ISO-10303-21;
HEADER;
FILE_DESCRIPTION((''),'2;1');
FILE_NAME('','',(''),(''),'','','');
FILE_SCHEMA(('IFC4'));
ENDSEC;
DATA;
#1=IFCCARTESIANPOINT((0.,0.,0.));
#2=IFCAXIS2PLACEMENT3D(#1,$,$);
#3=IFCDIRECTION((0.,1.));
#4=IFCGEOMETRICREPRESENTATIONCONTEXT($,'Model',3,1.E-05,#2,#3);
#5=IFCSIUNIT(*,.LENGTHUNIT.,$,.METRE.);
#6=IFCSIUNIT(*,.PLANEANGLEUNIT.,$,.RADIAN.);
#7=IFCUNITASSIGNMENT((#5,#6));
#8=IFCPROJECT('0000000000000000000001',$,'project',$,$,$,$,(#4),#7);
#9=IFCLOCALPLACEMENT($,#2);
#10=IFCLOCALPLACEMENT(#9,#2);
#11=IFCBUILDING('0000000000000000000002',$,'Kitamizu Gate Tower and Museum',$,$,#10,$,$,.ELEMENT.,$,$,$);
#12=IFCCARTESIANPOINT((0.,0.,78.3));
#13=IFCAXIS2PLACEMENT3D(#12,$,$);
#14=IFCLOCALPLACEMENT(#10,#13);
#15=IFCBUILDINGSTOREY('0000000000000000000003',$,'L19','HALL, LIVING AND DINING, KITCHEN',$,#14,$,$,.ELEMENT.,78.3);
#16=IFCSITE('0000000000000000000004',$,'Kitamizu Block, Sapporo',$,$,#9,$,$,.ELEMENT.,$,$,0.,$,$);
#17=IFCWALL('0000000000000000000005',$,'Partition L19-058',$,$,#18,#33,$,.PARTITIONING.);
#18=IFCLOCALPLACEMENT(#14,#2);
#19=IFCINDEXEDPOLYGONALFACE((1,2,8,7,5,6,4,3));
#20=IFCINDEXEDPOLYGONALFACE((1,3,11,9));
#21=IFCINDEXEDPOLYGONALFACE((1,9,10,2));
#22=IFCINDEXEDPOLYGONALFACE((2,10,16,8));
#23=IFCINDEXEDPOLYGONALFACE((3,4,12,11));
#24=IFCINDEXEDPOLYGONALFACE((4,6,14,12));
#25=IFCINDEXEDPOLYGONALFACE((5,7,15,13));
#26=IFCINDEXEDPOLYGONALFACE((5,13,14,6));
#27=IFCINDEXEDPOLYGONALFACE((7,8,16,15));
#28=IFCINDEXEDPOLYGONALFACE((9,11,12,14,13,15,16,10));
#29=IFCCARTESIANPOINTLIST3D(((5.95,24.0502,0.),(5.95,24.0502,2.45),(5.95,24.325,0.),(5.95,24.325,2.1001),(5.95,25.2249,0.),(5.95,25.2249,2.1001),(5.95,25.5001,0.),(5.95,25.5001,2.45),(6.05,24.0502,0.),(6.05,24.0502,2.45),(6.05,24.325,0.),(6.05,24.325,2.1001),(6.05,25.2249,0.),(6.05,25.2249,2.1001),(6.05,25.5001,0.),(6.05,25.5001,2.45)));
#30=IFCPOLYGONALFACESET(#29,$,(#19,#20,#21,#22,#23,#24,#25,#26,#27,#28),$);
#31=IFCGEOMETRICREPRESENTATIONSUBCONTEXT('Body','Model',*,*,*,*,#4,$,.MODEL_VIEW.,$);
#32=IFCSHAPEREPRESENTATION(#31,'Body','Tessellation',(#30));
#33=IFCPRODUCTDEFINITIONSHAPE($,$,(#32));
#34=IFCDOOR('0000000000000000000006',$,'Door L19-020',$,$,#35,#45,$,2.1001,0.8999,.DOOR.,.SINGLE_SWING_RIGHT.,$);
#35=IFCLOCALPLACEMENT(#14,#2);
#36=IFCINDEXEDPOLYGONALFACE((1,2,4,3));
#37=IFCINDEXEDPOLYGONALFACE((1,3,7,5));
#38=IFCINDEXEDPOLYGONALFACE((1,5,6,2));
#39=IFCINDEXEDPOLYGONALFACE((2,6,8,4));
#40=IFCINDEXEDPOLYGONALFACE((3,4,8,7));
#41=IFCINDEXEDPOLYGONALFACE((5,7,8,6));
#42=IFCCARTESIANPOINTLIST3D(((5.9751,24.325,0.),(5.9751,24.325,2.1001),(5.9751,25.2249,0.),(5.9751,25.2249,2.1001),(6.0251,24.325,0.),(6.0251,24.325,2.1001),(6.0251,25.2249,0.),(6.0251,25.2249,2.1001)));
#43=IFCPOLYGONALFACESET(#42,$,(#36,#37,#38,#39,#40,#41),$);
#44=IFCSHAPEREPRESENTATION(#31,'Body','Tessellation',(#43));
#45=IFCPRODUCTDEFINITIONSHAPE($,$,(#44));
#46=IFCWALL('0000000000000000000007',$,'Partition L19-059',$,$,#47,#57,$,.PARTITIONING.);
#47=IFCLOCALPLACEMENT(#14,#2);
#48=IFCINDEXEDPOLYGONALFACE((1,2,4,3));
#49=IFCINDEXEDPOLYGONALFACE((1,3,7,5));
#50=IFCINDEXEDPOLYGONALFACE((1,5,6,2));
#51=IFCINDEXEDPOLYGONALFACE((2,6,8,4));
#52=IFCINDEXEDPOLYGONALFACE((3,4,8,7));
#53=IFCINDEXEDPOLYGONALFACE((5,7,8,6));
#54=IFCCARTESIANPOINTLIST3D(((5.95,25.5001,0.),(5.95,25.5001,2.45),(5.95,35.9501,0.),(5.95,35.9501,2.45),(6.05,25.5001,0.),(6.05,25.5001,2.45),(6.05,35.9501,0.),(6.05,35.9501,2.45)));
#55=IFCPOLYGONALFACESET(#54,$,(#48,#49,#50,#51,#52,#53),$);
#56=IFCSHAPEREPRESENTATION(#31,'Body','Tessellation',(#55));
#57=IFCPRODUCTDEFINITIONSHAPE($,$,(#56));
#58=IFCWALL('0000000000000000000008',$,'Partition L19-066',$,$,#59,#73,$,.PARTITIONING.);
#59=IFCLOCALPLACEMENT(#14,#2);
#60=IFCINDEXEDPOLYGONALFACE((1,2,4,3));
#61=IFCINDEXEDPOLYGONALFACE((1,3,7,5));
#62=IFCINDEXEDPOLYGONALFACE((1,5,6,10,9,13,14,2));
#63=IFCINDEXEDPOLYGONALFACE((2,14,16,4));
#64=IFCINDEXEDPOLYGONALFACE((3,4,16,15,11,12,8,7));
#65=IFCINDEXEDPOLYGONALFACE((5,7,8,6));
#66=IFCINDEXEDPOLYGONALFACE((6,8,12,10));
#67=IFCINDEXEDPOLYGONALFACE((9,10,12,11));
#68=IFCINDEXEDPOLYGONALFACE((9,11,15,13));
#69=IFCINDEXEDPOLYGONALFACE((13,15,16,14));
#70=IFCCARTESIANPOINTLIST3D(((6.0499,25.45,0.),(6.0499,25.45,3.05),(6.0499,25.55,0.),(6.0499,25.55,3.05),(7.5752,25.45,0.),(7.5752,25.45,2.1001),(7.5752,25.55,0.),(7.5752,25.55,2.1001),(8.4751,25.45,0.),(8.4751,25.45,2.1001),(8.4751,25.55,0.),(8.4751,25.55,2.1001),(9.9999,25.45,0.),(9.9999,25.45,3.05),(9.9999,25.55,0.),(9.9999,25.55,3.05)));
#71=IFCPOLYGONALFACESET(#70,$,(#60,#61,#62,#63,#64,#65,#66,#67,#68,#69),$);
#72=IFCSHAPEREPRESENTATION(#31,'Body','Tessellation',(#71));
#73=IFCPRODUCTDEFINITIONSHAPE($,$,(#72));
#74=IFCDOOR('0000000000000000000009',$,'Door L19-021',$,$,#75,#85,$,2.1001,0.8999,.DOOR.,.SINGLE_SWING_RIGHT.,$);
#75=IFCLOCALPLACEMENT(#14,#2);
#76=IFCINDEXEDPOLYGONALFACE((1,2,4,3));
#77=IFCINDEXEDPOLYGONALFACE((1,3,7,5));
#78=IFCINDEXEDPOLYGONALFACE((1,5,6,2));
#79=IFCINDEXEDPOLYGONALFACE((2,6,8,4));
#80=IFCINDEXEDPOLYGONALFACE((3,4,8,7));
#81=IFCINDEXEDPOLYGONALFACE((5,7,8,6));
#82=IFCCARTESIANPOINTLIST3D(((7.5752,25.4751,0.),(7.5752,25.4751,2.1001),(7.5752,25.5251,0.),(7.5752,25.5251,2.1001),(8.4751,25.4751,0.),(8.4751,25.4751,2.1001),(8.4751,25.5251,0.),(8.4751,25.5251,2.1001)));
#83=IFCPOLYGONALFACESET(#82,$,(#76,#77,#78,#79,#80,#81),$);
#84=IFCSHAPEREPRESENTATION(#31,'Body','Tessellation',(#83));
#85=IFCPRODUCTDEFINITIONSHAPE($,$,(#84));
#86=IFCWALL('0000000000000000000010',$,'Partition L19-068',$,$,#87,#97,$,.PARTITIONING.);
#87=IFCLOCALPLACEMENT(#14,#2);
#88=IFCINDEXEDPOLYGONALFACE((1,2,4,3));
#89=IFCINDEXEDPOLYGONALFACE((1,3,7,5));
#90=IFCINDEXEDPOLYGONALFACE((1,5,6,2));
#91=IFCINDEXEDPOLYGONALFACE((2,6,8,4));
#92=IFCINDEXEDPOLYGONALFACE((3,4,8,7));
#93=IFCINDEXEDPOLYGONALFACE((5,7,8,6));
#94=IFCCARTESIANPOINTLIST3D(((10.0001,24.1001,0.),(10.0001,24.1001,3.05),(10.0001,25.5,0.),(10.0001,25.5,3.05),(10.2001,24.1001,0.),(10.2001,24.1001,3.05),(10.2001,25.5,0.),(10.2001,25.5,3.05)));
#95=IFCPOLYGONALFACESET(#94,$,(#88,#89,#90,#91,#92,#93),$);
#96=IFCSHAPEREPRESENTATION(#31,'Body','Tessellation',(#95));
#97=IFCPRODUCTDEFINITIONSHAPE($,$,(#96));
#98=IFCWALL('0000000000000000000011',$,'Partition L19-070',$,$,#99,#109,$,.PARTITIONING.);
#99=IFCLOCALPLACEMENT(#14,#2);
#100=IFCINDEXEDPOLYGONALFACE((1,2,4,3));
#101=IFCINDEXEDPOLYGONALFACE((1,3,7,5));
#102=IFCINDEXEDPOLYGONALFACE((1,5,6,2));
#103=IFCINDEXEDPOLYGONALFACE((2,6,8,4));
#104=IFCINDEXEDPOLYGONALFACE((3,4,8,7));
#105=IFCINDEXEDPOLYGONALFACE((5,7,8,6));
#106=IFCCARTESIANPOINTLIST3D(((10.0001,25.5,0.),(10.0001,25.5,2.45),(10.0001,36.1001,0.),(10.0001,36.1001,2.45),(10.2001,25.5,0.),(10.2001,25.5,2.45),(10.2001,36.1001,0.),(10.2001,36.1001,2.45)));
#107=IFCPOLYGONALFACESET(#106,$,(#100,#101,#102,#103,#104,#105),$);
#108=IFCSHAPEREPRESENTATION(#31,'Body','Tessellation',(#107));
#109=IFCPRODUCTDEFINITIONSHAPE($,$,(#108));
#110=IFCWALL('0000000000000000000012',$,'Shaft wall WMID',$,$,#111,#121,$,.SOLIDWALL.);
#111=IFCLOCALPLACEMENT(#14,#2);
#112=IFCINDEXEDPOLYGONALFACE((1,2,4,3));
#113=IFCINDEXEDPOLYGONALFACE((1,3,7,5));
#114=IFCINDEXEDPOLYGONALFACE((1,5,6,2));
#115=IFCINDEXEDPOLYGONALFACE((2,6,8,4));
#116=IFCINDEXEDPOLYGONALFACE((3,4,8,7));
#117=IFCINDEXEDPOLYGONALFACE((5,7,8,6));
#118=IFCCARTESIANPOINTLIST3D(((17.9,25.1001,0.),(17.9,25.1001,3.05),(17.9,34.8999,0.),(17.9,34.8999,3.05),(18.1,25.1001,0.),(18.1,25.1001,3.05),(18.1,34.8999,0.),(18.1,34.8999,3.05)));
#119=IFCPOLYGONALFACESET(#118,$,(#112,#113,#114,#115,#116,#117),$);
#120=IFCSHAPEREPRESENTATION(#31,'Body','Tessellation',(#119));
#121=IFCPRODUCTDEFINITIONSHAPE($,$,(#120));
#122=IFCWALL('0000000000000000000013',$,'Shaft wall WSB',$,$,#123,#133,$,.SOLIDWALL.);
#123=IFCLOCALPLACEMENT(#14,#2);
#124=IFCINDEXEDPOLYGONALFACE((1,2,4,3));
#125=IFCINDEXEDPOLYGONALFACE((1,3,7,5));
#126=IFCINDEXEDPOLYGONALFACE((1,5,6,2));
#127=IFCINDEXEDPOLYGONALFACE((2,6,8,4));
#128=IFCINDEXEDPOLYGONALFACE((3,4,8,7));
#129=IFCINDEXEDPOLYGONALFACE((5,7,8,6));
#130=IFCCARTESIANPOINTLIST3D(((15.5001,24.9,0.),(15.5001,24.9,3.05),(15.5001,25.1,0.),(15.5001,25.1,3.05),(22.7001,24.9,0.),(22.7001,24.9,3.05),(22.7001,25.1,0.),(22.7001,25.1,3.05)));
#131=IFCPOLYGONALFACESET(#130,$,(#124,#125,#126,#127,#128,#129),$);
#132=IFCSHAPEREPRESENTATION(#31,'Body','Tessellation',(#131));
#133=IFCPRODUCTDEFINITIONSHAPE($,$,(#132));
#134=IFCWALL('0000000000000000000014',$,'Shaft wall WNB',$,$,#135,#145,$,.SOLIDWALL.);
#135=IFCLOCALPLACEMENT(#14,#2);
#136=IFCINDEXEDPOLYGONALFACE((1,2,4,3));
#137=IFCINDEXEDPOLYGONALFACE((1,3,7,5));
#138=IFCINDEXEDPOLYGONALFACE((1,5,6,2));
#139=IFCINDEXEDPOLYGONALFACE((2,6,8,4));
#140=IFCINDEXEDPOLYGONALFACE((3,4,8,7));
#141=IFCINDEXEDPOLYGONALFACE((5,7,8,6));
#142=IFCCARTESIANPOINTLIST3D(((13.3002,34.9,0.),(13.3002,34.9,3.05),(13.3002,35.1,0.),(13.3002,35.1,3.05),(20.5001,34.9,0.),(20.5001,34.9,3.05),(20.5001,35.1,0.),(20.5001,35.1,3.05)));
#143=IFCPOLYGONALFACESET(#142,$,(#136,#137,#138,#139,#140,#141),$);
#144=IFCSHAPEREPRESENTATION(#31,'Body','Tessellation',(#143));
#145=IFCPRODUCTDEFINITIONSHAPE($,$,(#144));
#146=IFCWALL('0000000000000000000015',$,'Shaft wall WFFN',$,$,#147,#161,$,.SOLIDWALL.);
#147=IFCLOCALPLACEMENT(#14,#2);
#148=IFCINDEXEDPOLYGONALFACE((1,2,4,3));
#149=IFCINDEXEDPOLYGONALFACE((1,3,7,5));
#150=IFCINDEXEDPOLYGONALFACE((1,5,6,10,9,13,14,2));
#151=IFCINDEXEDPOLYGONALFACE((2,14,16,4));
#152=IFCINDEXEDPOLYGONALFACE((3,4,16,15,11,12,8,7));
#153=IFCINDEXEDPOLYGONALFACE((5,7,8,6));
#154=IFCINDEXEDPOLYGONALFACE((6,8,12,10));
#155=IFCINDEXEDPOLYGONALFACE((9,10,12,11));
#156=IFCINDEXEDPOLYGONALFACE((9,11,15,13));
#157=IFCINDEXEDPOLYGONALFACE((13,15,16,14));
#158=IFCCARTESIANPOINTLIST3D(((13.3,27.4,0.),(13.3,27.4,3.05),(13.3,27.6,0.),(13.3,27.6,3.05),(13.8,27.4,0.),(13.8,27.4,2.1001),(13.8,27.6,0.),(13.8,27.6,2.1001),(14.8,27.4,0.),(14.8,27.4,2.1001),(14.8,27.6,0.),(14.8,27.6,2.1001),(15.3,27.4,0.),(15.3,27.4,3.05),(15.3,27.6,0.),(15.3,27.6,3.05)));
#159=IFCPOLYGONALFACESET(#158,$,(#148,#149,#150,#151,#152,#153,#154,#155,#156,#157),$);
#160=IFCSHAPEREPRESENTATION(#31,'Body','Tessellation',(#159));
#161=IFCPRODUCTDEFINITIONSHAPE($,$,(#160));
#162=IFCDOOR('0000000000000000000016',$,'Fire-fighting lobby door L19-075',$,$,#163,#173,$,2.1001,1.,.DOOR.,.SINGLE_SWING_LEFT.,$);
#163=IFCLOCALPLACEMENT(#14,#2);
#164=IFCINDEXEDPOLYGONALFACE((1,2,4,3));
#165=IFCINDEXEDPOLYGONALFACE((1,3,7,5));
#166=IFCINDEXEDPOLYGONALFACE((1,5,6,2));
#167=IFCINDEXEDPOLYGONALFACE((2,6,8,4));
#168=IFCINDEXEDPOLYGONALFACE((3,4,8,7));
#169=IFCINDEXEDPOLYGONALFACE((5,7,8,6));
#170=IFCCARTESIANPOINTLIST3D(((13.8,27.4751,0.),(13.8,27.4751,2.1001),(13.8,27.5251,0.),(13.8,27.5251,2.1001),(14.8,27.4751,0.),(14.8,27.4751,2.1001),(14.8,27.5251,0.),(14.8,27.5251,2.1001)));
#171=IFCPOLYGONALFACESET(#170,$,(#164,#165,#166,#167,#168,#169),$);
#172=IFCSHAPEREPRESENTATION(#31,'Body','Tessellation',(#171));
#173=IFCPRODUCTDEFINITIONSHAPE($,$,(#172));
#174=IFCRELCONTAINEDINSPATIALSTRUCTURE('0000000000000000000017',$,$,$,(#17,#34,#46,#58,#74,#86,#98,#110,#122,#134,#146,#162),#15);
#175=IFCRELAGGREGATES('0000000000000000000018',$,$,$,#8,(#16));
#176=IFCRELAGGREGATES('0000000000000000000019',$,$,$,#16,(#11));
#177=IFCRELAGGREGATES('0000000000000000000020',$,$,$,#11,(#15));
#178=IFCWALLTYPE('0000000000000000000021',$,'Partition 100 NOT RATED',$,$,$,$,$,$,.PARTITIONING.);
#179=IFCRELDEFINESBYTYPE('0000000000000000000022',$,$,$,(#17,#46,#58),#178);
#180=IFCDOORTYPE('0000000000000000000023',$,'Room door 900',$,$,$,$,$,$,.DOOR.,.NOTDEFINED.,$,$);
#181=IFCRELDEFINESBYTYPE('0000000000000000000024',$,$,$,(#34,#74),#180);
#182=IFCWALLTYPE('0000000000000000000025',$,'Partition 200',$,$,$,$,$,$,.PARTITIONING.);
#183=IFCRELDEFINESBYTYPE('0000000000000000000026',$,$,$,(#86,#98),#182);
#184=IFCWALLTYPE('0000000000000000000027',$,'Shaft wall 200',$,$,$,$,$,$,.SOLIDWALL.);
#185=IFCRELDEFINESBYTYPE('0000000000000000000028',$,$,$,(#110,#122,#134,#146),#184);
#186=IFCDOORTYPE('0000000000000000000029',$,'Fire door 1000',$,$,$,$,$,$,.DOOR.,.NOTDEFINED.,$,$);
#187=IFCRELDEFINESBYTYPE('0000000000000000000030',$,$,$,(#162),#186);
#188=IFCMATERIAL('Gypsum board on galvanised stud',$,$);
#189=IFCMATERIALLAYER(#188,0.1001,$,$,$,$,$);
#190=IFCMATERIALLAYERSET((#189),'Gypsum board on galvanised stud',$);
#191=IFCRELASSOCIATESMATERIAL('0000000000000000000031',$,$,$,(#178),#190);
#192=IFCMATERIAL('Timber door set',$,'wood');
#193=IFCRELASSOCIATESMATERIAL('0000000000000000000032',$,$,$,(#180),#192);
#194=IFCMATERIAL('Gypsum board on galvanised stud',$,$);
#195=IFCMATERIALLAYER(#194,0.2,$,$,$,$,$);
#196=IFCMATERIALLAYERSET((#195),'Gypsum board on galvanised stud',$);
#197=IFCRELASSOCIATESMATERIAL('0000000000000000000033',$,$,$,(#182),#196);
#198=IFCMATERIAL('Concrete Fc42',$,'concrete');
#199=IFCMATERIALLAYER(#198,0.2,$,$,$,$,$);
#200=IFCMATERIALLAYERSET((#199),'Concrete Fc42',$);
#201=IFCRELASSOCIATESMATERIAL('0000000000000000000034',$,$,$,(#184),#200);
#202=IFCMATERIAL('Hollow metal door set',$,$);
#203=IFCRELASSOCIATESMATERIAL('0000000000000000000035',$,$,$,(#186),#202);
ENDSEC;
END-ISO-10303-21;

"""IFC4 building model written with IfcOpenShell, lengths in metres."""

from ifc_helpers import new_model, si_unit, direction, frame, frame_2d, origin, place, context, subcontext, project, spatial, rectangle, extrude, material, layer, layer_set, type_object, element, fill, save


model = new_model("IFC4")

# Units and contexts
model_context = context("Model", 3, precision=1e-05, world=origin(), true_north=direction((0.0, 1.0)))
body_context = subcontext(model_context, "Body", "Model", "MODEL_VIEW")
ifc_project = project(units=[si_unit("LENGTHUNIT", "METRE"), si_unit("PLANEANGLEUNIT", "RADIAN")], contexts=[model_context])

# Site, building, storey
site_placement = place(None, origin())
site = spatial("IfcSite", under=ifc_project, at=site_placement, Name="Kitamizu Block, Sapporo", CompositionType="ELEMENT", RefElevation=0.0)
building_placement = place(site_placement, origin())
building = spatial("IfcBuilding", under=site, at=building_placement, Name="Kitamizu Gate Tower and Museum", CompositionType="ELEMENT")
storey_placement = place(building_placement, frame((0.0, 0.0, 78.3)))
storey = spatial("IfcBuildingStorey", under=building, at=storey_placement, Name="L19", Description="HALL, LIVING AND DINING, KITCHEN", CompositionType="ELEMENT", Elevation=78.3)

# Shared definitions
ifc_material_1 = material(Name="Gypsum board on galvanised stud")
ifc_layer_1 = layer(ifc_material_1, 0.1001)
ifc_layer_set_1 = layer_set([ifc_layer_1], Name="Gypsum board on galvanised stud")
wall_type_1 = type_object("IfcWallType", Name="Partition 100 NOT RATED", PredefinedType="PARTITIONING", material=ifc_layer_set_1)

# Wall, opening, door
wall_1_placement = place(storey_placement, frame((6.0, 24.05, 0.0), z_axis=(0.0, 0.0, 1.0), x_axis=(0.0, 1.0, 0.0)))
wall_1 = element("IfcWall", 1, at=wall_1_placement, inside=storey, type_object=wall_type_1, Name="Partition L19-058", PredefinedType="PARTITIONING", context=body_context, shape_type="SweptSolid", body=[
    extrude(rectangle(XDim=1.45, YDim=0.1001, at=frame_2d((0.7251, 0.0))), origin(), (0.0, 0.0, 1.0), 2.45),
])
opening_1_placement = place(wall_1_placement, frame((0.2749, 0.0, 0.0)))
opening_1 = element("IfcOpeningElement", 2, at=opening_1_placement, cuts=wall_1, PredefinedType="OPENING", context=body_context, shape_type="SweptSolid", body=[
    extrude(rectangle(XDim=0.8999, YDim=2.1001, at=frame_2d((0.45, 1.05))), frame((0.0, 0.0601, 0.0), z_axis=(0.0, -1.0, 0.0), x_axis=(1.0, 0.0, 0.0)), (0.0, 0.0, 1.0), 0.1201),
])
ifc_material_2 = material(Name="Timber door set", Category="wood")
door_type_1 = type_object("IfcDoorType", Name="Room door 900", OperationType="NOTDEFINED", PredefinedType="DOOR", material=ifc_material_2)
door_1_placement = place(opening_1_placement, origin())
door_1 = element("IfcDoor", 3, at=door_1_placement, inside=storey, type_object=door_type_1, Name="Door L19-020", OperationType="SINGLE_SWING_RIGHT", OverallHeight=2.1001, OverallWidth=0.8999, PredefinedType="DOOR", context=body_context, shape_type="SweptSolid", body=[
    extrude(rectangle(XDim=0.8999, YDim=2.1001, at=frame_2d((0.45, 1.05))), frame((0.0, 0.0249, 0.0), z_axis=(0.0, -1.0, 0.0), x_axis=(1.0, 0.0, 0.0)), (0.0, 0.0, 1.0), 0.05),
])
fill(opening_1, door_1)

# Wall
wall_2_placement = place(storey_placement, frame((6.0, 25.5, 0.0), z_axis=(0.0, 0.0, 1.0), x_axis=(0.0, 1.0, 0.0)))
element("IfcWall", 4, at=wall_2_placement, inside=storey, type_object=wall_type_1, Name="Partition L19-059", PredefinedType="PARTITIONING", context=body_context, shape_type="SweptSolid", body=[
    extrude(rectangle(XDim=10.45, YDim=0.1001, at=frame_2d((5.2251, 0.0))), origin(), (0.0, 0.0, 1.0), 2.45),
])

# Wall, opening, door
wall_3_placement = place(storey_placement, frame((10.0, 25.5, 0.0), z_axis=(0.0, 0.0, 1.0), x_axis=(-1.0, 0.0, 0.0)))
wall_3 = element("IfcWall", 5, at=wall_3_placement, inside=storey, type_object=wall_type_1, Name="Partition L19-066", PredefinedType="PARTITIONING", context=body_context, shape_type="SweptSolid", body=[
    extrude(rectangle(XDim=3.95, YDim=0.1001, at=frame_2d((1.9751, 0.0))), origin(), (0.0, 0.0, 1.0), 3.05),
])
opening_2_placement = place(wall_3_placement, frame((1.5249, 0.0, 0.0)))
opening_2 = element("IfcOpeningElement", 6, at=opening_2_placement, cuts=wall_3, PredefinedType="OPENING", context=body_context, shape_type="SweptSolid", body=[
    extrude(rectangle(XDim=0.8999, YDim=2.1001, at=frame_2d((0.45, 1.05))), frame((0.0, 0.0601, 0.0), z_axis=(0.0, -1.0, 0.0), x_axis=(1.0, 0.0, 0.0)), (0.0, 0.0, 1.0), 0.1201),
])
door_2_placement = place(opening_2_placement, origin())
door_2 = element("IfcDoor", 7, at=door_2_placement, inside=storey, type_object=door_type_1, Name="Door L19-021", OperationType="SINGLE_SWING_RIGHT", OverallHeight=2.1001, OverallWidth=0.8999, PredefinedType="DOOR", context=body_context, shape_type="SweptSolid", body=[
    extrude(rectangle(XDim=0.8999, YDim=2.1001, at=frame_2d((0.45, 1.05))), frame((0.0, 0.0249, 0.0), z_axis=(0.0, -1.0, 0.0), x_axis=(1.0, 0.0, 0.0)), (0.0, 0.0, 1.0), 0.05),
])
fill(opening_2, door_2)

# Walls
ifc_material_3 = material(Name="Gypsum board on galvanised stud")
ifc_layer_2 = layer(ifc_material_3, 0.2)
ifc_layer_set_2 = layer_set([ifc_layer_2], Name="Gypsum board on galvanised stud")
wall_type_2 = type_object("IfcWallType", Name="Partition 200", PredefinedType="PARTITIONING", material=ifc_layer_set_2)
wall_4_placement = place(storey_placement, frame((10.1001, 24.1001, 0.0), z_axis=(0.0, 0.0, 1.0), x_axis=(0.0, 1.0, 0.0)))
element("IfcWall", 8, at=wall_4_placement, inside=storey, type_object=wall_type_2, Name="Partition L19-068", PredefinedType="PARTITIONING", context=body_context, shape_type="SweptSolid", body=[
    extrude(rectangle(XDim=1.3999, YDim=0.2, at=frame_2d((0.7, 0.0))), origin(), (0.0, 0.0, 1.0), 3.05),
])
wall_5_placement = place(storey_placement, frame((10.1001, 25.5, 0.0), z_axis=(0.0, 0.0, 1.0), x_axis=(0.0, 1.0, 0.0)))
element("IfcWall", 9, at=wall_5_placement, inside=storey, type_object=wall_type_2, Name="Partition L19-070", PredefinedType="PARTITIONING", context=body_context, shape_type="SweptSolid", body=[
    extrude(rectangle(XDim=10.6001, YDim=0.2, at=frame_2d((5.3, 0.0))), origin(), (0.0, 0.0, 1.0), 2.45),
])
ifc_material_4 = material(Name="Concrete Fc42", Category="concrete")
ifc_layer_3 = layer(ifc_material_4, 0.2)
ifc_layer_set_3 = layer_set([ifc_layer_3], Name="Concrete Fc42")
wall_type_3 = type_object("IfcWallType", Name="Shaft wall 200", PredefinedType="SOLIDWALL", material=ifc_layer_set_3)
wall_6_placement = place(storey_placement, frame((18.0, 25.1001, 0.0), z_axis=(0.0, 0.0, 1.0), x_axis=(0.0, 1.0, 0.0)))
element("IfcWall", 10, at=wall_6_placement, inside=storey, type_object=wall_type_3, Name="Shaft wall WMID", PredefinedType="SOLIDWALL", context=body_context, shape_type="SweptSolid", body=[
    extrude(rectangle(XDim=9.7998, YDim=0.2, at=frame_2d((4.8999, 0.0))), origin(), (0.0, 0.0, 1.0), 3.05),
])
for number, where, z_axis, x_axis, name in (
    (11, (15.5, 25.0, 0.0), (0.0, 0.0, 1.0), (1.0, 0.0, 0.0), "Shaft wall WSB"),
    (12, (13.3, 35.0, 0.0), (0.0, 0.0, 1.0), (1.0, 0.0, 0.0), "Shaft wall WNB"),
):
    element("IfcWall", number, at=place(storey_placement, frame(where, z_axis=z_axis, x_axis=x_axis)), inside=storey, type_object=wall_type_3, Name=name, PredefinedType="SOLIDWALL", context=body_context, shape_type="SweptSolid", body=[
        extrude(rectangle(XDim=7.2, YDim=0.2, at=frame_2d((3.6001, 0.0))), origin(), (0.0, 0.0, 1.0), 3.05),
    ])

# Wall, opening, door
wall_7_placement = place(storey_placement, frame((13.3, 27.5, 0.0), z_axis=(0.0, 0.0, 1.0), x_axis=(1.0, 0.0, 0.0)))
wall_7 = element("IfcWall", 13, at=wall_7_placement, inside=storey, type_object=wall_type_3, Name="Shaft wall WFFN", PredefinedType="SOLIDWALL", context=body_context, shape_type="SweptSolid", body=[
    extrude(rectangle(XDim=2.0, YDim=0.2, at=frame_2d((1.0, 0.0))), origin(), (0.0, 0.0, 1.0), 3.05),
])
opening_3_placement = place(wall_7_placement, frame((0.5, 0.0, 0.0)))
opening_3 = element("IfcOpeningElement", 14, at=opening_3_placement, cuts=wall_7, PredefinedType="OPENING", context=body_context, shape_type="SweptSolid", body=[
    extrude(rectangle(XDim=1.0, YDim=2.1001, at=frame_2d((0.5, 1.05))), frame((0.0, 0.1099, 0.0), z_axis=(0.0, -1.0, 0.0), x_axis=(1.0, 0.0, 0.0)), (0.0, 0.0, 1.0), 0.22),
])
ifc_material_5 = material(Name="Hollow metal door set")
door_type_2 = type_object("IfcDoorType", Name="Fire door 1000", OperationType="NOTDEFINED", PredefinedType="DOOR", material=ifc_material_5)
door_3_placement = place(opening_3_placement, frame((1.0, 0.0, 0.0), x_axis=(-1.0, 0.0, 0.0)))
door_3 = element("IfcDoor", 15, at=door_3_placement, inside=storey, type_object=door_type_2, Name="Fire-fighting lobby door L19-075", OperationType="SINGLE_SWING_LEFT", OverallHeight=2.1001, OverallWidth=1.0, PredefinedType="DOOR", context=body_context, shape_type="SweptSolid", body=[
    extrude(rectangle(XDim=1.0, YDim=2.1001, at=frame_2d((0.5, 1.05))), frame((0.0, 0.0249, 0.0), z_axis=(0.0, -1.0, 0.0), x_axis=(1.0, 0.0, 0.0)), (0.0, 0.0, 1.0), 0.05),
])
fill(opening_3, door_3)

save(model, "model.ifc")
